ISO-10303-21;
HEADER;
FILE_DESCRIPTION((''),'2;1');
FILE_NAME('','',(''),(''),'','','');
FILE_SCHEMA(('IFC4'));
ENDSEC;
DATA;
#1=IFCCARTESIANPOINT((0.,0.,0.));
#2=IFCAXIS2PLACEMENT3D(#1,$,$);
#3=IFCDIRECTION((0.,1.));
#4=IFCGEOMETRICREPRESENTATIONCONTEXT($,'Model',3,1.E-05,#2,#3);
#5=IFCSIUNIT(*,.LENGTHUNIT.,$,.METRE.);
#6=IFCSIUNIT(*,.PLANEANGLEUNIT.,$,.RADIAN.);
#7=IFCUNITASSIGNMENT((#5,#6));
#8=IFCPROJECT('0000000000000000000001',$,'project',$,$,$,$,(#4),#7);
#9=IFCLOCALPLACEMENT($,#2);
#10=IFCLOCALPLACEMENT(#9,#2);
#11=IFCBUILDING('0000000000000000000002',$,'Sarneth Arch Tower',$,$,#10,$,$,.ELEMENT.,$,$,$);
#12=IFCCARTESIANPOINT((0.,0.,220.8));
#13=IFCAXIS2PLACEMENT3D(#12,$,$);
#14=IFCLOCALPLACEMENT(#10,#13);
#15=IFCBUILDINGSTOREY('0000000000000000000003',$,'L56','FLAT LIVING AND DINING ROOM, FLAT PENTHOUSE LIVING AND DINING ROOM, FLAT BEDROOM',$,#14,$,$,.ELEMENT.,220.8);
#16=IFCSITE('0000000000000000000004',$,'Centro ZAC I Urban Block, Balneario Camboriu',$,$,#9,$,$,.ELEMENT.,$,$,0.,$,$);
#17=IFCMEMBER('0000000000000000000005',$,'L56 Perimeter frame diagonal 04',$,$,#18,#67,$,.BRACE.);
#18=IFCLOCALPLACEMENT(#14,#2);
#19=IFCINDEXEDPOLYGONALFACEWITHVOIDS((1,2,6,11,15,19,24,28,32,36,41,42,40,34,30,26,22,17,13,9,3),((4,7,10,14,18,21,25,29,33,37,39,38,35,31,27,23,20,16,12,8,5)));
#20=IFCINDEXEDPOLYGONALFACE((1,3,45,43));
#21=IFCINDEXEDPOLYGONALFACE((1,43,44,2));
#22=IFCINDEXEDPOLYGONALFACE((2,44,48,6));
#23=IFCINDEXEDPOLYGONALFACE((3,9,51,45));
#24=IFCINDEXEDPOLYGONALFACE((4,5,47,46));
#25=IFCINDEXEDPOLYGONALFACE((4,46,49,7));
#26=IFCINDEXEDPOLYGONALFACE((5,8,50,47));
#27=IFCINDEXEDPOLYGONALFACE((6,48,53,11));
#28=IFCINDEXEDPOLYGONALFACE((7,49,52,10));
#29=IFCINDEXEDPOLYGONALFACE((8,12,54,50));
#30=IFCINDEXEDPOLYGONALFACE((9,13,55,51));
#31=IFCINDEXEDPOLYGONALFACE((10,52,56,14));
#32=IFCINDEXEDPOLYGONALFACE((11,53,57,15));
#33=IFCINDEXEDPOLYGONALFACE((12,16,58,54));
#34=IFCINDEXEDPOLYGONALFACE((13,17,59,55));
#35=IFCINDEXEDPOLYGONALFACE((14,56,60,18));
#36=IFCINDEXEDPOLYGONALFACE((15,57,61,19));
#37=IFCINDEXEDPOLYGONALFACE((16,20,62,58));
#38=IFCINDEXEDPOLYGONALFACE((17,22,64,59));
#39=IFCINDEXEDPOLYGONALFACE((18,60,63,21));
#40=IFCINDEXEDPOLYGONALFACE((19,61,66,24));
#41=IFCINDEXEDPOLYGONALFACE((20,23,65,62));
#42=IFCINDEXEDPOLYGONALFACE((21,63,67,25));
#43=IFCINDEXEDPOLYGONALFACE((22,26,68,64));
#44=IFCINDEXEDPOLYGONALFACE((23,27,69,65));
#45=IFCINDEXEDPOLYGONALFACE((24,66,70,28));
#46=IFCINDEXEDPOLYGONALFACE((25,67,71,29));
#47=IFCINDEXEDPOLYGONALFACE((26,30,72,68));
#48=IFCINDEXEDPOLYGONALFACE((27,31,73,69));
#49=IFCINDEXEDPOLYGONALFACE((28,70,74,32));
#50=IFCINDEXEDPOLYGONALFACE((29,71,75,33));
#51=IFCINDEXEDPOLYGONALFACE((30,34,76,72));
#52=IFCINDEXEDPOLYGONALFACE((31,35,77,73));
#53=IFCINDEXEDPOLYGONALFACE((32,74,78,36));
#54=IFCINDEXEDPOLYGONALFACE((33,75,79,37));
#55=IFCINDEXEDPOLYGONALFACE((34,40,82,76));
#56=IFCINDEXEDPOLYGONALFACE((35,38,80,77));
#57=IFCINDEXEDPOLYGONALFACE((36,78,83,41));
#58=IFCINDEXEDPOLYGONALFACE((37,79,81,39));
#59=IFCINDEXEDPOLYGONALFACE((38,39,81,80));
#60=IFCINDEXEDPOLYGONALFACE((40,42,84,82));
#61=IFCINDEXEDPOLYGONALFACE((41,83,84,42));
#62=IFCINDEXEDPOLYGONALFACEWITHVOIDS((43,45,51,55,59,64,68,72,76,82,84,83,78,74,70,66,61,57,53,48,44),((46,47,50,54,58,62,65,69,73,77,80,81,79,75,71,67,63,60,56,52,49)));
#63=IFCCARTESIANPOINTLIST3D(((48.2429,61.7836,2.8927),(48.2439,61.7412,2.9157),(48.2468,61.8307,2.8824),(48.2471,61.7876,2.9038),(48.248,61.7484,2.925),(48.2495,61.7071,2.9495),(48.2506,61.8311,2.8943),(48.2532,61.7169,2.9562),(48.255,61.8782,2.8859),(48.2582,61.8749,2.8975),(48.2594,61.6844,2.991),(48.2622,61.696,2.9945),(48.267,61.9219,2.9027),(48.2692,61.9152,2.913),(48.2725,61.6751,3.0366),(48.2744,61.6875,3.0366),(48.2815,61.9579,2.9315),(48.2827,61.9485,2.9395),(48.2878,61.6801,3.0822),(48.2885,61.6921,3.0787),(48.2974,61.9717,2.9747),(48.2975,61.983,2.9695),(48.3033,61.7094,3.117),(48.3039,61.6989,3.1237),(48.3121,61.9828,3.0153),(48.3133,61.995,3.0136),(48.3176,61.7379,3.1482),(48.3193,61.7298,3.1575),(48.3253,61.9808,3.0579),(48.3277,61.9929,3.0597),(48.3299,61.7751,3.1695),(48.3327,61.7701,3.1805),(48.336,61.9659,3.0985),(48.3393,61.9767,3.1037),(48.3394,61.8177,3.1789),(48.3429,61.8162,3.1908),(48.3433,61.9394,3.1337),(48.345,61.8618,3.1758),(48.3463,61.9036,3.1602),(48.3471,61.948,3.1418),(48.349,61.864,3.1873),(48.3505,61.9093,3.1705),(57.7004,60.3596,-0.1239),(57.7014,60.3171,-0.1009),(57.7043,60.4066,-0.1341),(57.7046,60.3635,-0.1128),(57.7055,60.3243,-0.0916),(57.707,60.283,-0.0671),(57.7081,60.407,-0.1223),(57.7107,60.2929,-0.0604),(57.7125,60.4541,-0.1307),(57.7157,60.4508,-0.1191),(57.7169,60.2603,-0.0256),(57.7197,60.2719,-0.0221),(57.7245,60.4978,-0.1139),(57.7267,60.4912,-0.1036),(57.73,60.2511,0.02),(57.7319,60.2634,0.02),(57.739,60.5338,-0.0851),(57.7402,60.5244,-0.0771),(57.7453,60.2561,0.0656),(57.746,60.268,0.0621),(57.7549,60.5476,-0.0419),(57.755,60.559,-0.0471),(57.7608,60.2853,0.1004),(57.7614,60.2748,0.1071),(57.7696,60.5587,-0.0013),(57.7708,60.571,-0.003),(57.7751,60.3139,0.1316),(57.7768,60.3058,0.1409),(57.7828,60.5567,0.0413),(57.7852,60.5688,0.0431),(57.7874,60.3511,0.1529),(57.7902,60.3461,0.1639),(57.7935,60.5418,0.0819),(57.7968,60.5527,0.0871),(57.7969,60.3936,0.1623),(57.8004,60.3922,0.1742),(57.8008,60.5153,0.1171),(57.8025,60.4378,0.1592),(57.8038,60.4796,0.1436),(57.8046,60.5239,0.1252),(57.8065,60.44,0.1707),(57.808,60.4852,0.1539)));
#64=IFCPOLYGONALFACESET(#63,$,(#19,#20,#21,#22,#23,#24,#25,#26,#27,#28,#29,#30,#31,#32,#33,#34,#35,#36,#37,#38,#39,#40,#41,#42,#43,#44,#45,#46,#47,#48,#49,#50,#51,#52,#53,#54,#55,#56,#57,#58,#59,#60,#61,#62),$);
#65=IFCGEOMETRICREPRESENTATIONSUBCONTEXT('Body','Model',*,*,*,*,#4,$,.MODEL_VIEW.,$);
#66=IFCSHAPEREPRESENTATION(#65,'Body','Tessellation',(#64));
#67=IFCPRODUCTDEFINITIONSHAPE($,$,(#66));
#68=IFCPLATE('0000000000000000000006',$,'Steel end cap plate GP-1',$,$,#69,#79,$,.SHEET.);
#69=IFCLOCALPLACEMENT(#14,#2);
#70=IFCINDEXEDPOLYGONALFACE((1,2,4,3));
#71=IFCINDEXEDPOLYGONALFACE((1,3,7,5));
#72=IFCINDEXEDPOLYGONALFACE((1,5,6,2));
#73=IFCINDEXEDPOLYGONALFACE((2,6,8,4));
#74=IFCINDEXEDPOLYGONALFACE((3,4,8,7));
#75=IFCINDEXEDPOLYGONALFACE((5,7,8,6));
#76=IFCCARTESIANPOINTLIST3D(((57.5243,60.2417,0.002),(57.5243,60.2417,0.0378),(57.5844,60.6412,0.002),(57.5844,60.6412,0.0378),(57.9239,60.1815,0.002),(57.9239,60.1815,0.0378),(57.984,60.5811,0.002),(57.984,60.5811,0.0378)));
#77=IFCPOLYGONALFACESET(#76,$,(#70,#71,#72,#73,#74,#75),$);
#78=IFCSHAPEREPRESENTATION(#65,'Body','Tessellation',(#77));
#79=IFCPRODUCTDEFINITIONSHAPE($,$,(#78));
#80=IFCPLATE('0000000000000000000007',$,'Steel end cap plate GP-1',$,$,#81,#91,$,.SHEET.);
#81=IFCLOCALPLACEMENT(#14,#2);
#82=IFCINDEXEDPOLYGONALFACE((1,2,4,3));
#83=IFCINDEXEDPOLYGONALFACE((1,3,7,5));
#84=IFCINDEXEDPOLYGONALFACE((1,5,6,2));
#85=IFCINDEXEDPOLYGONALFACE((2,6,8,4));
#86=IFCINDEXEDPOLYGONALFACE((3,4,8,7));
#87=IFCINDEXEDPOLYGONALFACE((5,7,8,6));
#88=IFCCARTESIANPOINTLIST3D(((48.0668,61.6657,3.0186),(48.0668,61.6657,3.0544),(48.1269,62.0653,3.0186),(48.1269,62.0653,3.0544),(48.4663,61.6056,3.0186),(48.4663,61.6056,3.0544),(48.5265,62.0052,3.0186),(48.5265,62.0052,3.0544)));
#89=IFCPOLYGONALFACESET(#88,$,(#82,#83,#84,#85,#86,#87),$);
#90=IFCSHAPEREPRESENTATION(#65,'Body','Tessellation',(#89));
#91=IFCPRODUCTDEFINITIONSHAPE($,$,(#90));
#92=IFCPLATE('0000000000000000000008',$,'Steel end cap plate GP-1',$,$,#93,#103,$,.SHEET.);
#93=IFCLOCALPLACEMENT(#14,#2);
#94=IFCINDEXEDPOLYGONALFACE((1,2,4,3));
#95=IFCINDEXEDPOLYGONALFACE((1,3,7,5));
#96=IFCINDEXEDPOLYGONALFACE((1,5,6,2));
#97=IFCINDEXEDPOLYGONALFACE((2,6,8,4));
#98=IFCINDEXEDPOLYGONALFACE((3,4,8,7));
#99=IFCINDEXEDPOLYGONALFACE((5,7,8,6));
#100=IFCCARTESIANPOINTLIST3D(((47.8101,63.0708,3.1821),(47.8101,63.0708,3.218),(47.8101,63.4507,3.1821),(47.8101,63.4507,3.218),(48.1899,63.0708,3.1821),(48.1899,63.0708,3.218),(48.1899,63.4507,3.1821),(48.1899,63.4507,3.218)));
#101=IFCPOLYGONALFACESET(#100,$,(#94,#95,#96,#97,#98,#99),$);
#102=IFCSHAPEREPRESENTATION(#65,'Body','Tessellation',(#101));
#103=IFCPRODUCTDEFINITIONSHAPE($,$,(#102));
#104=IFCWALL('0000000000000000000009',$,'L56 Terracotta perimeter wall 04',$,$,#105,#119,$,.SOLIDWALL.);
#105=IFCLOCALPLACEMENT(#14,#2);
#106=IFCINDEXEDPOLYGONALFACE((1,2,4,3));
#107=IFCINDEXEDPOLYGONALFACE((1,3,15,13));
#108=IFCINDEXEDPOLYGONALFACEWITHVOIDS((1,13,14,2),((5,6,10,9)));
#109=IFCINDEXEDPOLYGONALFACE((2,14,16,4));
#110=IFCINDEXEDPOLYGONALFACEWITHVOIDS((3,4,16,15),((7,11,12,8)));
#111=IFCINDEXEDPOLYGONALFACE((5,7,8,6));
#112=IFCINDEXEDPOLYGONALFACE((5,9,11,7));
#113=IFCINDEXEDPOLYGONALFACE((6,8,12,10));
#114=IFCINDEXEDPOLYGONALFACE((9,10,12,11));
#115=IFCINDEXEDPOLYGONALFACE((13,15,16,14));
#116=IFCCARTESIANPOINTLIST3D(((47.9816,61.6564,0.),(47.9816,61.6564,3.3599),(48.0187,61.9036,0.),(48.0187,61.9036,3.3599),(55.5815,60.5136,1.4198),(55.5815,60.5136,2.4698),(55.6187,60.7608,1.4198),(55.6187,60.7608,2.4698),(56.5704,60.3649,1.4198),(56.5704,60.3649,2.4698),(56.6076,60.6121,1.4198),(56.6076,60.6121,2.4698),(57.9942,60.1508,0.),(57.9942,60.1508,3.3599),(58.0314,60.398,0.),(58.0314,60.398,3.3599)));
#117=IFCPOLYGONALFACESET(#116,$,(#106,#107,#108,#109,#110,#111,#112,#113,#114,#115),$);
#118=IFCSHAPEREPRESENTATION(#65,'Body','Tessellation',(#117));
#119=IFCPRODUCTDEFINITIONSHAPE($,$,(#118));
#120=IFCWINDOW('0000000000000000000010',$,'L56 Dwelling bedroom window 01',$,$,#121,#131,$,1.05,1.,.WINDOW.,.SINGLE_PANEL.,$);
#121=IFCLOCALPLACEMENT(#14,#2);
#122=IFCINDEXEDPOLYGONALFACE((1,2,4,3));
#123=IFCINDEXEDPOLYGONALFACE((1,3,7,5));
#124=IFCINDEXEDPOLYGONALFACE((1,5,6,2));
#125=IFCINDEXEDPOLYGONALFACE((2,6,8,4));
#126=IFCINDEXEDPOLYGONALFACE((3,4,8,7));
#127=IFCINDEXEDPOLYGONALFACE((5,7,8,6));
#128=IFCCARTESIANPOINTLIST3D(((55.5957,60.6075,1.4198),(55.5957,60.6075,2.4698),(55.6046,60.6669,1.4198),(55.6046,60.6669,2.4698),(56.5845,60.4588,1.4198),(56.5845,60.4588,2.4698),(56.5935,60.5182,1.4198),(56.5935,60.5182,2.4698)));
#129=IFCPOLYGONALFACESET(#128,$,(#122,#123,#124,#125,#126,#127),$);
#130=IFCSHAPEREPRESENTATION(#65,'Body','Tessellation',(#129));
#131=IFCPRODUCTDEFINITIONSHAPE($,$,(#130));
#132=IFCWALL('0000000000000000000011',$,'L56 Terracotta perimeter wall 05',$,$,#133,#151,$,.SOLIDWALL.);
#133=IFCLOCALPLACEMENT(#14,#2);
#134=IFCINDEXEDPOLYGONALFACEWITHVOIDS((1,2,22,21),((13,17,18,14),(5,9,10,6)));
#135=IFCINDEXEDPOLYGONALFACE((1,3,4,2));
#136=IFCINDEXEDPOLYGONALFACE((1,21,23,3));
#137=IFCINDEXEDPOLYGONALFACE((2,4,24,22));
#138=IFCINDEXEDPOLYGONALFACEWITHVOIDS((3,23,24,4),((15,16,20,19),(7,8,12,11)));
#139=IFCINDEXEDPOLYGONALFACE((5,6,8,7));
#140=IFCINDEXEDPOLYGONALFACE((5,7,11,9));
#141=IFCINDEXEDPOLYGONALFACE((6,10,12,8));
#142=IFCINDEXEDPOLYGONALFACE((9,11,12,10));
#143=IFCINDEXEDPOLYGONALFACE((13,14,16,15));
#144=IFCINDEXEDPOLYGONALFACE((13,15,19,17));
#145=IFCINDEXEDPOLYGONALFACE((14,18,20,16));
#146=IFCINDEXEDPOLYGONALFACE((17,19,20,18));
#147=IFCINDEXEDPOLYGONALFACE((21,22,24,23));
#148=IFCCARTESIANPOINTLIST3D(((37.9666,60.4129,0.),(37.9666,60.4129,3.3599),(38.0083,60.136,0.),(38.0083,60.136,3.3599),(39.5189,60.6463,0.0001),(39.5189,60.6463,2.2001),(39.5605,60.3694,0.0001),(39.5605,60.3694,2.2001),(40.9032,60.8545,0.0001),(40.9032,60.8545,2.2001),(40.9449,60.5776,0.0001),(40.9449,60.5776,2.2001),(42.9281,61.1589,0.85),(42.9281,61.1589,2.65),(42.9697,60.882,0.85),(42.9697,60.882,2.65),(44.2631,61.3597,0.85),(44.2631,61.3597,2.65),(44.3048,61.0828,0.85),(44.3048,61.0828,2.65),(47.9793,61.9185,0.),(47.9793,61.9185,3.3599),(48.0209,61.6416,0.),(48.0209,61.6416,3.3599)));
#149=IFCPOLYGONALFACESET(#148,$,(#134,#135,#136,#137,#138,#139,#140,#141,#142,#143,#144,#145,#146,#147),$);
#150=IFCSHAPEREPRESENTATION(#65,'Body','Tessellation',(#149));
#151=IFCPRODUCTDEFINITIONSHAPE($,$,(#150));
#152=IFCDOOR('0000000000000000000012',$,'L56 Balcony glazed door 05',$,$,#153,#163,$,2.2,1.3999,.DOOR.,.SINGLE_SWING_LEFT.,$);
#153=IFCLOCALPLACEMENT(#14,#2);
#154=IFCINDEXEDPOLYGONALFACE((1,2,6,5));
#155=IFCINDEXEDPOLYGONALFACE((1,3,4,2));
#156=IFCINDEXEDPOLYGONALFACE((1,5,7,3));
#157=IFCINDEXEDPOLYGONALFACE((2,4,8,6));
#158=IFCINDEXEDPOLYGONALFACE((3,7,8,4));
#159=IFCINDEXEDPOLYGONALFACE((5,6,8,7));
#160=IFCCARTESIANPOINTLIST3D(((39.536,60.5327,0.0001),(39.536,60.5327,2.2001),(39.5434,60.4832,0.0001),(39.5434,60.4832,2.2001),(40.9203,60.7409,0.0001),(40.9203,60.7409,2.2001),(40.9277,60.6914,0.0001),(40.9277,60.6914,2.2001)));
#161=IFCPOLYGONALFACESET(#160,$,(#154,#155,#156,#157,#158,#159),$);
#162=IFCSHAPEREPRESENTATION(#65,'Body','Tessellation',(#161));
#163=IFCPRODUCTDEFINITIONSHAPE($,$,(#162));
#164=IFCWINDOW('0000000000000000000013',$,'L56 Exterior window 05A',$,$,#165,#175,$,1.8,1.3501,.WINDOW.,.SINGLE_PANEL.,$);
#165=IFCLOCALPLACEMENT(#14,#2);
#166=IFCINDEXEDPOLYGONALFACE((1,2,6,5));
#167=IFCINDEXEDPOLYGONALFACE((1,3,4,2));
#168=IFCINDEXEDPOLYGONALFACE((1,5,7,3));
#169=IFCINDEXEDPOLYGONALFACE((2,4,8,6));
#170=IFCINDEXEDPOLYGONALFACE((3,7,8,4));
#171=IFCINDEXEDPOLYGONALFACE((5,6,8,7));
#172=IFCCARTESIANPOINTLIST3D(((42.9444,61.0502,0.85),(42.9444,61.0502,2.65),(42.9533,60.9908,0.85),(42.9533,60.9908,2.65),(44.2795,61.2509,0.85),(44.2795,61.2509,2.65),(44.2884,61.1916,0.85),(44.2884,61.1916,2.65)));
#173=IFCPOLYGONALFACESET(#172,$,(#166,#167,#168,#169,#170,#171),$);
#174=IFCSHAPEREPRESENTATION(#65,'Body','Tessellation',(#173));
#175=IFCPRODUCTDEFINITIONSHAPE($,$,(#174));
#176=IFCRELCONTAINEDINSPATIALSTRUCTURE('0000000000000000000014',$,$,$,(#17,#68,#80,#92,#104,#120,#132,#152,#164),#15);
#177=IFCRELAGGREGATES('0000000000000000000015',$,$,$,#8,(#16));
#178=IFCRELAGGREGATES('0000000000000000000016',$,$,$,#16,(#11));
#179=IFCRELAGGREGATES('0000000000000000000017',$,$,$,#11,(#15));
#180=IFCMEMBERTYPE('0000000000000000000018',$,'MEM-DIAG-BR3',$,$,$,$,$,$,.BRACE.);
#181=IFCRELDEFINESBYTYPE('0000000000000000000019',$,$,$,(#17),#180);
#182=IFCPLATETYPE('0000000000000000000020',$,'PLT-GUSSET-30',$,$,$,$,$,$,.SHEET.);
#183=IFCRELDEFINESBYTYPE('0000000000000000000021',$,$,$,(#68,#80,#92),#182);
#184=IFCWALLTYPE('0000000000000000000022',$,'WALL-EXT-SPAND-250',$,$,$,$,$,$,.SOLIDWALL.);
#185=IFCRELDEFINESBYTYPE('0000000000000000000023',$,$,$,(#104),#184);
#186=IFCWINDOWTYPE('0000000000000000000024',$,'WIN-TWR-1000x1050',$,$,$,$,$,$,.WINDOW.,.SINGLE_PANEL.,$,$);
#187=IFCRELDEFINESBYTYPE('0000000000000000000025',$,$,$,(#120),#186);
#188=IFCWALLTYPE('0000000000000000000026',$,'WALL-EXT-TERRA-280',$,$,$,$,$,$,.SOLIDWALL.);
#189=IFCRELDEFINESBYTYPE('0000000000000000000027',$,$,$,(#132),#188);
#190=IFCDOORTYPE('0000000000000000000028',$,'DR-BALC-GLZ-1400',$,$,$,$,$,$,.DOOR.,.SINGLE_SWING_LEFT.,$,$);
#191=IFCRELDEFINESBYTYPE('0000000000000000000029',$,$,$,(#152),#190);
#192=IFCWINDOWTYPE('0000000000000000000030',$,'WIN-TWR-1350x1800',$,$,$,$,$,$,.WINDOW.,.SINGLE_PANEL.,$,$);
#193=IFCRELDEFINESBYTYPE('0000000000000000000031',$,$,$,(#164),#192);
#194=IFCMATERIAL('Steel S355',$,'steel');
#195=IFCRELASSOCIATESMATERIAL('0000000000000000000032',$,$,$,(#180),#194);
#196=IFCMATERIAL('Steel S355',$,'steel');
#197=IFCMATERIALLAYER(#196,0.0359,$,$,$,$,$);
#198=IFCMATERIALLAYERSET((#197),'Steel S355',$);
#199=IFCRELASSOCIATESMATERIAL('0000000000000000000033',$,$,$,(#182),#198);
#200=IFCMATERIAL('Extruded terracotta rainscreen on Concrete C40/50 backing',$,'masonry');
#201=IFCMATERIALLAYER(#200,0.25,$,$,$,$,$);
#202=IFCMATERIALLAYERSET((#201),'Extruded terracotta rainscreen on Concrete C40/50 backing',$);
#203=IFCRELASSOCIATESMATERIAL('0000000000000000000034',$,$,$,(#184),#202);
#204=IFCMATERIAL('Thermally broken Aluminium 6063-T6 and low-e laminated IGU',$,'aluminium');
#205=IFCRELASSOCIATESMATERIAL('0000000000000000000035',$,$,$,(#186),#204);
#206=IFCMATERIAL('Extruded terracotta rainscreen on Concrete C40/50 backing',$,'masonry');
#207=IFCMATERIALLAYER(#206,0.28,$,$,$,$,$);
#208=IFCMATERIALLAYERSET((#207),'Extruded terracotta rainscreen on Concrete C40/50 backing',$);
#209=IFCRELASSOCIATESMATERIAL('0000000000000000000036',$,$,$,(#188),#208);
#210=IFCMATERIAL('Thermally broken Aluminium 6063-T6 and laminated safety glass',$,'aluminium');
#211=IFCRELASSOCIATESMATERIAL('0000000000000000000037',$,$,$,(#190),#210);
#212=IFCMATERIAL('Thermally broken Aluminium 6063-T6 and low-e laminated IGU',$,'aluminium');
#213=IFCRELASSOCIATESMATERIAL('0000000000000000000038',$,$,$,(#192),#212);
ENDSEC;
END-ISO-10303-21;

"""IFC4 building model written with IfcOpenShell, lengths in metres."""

from ifc_helpers import new_model, si_unit, direction, frame, frame_2d, origin, origin_2d, place, context, subcontext, project, spatial, rectangle, hollow_circle, extrude, material, layer, layer_set, material_profile, profile_set, type_object, element, fill, save


model = new_model("IFC4")

# Units and contexts
model_context = context("Model", 3, precision=1e-05, world=origin(), true_north=direction((0.0, 1.0)))
body_context = subcontext(model_context, "Body", "Model", "MODEL_VIEW")
ifc_project = project(units=[si_unit("LENGTHUNIT", "METRE"), si_unit("PLANEANGLEUNIT", "RADIAN")], contexts=[model_context])

# Site, building, storey
site_placement = place(None, origin())
site = spatial("IfcSite", under=ifc_project, at=site_placement, Name="Centro ZAC I Urban Block, Balneario Camboriu", CompositionType="ELEMENT", RefElevation=0.0)
building_placement = place(site_placement, origin())
building = spatial("IfcBuilding", under=site, at=building_placement, Name="Sarneth Arch Tower", CompositionType="ELEMENT")
storey_placement = place(building_placement, frame((0.0, 0.0, 220.8)))
storey = spatial("IfcBuildingStorey", under=building, at=storey_placement, Name="L56", Description="FLAT LIVING AND DINING ROOM, FLAT PENTHOUSE LIVING AND DINING ROOM, FLAT BEDROOM", CompositionType="ELEMENT", Elevation=220.8)

# Member
ifc_material_1 = material(Name="Steel S355", Category="steel")
ifc_material_profile_1 = material_profile(ifc_material_1, hollow_circle(Radius=0.1621, WallThickness=0.0125, at=origin_2d()), Name="CHS324x12.5")
ifc_profile_set_1 = profile_set([ifc_material_profile_1], Name="Steel S355")
member_type_1 = type_object("IfcMemberType", Name="MEM-DIAG-BR3", PredefinedType="BRACE", material=ifc_profile_set_1)
member_1_placement = place(storey_placement, frame((57.7542, 60.4114, 0.02), z_axis=(-0.943056, 0.142001, 0.3008), x_axis=(-0.148897, -0.988853, 0.0)))
element("IfcMember", 1, at=member_1_placement, inside=storey, type_object=member_type_1, Name="L56 Perimeter frame diagonal 04", PredefinedType="BRACE", context=body_context, shape_type="SweptSolid", body=[
    extrude(hollow_circle(Radius=0.1621, WallThickness=0.0125, at=origin_2d()), origin(), (0.0, 0.0, 1.0), 10.0286),
])

# Plates
ifc_material_2 = material(Name="Steel S355", Category="steel")
ifc_layer_1 = layer(ifc_material_2, 0.0359)
ifc_layer_set_1 = layer_set([ifc_layer_1], Name="Steel S355")
plate_type = type_object("IfcPlateType", Name="PLT-GUSSET-30", PredefinedType="SHEET", material=ifc_layer_set_1)
for number, where, z_axis, x_axis, name in (
    (2, (57.7542, 60.4114, 0.002), (0.0, 0.0, 1.0), (-0.988861, 0.148845, 0.0), "Steel end cap plate GP-1"),
    (3, (48.2966, 61.8354, 3.0186), (0.0, 0.0, 1.0), (-0.988861, 0.148845, 0.0), "Steel end cap plate GP-1"),
):
    element("IfcPlate", number, at=place(storey_placement, frame(where, z_axis=z_axis, x_axis=x_axis)), inside=storey, type_object=plate_type, Name=name, PredefinedType="SHEET", context=body_context, shape_type="SweptSolid", body=[
        extrude(rectangle(XDim=0.4041, YDim=0.4041, at=origin_2d()), origin(), (0.0, 0.0, 1.0), 0.0359),
    ])
plate_placement = place(storey_placement, frame((48.0, 63.2607, 3.1821), z_axis=(0.0, 0.0, 1.0), x_axis=(0.0, 1.0, 0.0)))
element("IfcPlate", 4, at=plate_placement, inside=storey, type_object=plate_type, Name="Steel end cap plate GP-1", PredefinedType="SHEET", context=body_context, shape_type="SweptSolid", body=[
    extrude(rectangle(XDim=0.3799, YDim=0.3799, at=origin_2d()), origin(), (0.0, 0.0, 1.0), 0.0359),
])

# Wall, opening, window
ifc_material_3 = material(Name="Extruded terracotta rainscreen on Concrete C40/50 backing", Category="masonry")
ifc_layer_2 = layer(ifc_material_3, 0.25)
ifc_layer_set_2 = layer_set([ifc_layer_2], Name="Extruded terracotta rainscreen on Concrete C40/50 backing")
wall_type_1 = type_object("IfcWallType", Name="WALL-EXT-SPAND-250", PredefinedType="SOLIDWALL", material=ifc_layer_set_2)
wall_1_placement = place(storey_placement, frame((58.0127, 60.2744, 0.0), z_axis=(0.0, 0.0, 1.0), x_axis=(-0.988883, 0.148699, 0.0)))
wall_1 = element("IfcWall", 5, at=wall_1_placement, inside=storey, type_object=wall_type_1, Name="L56 Terracotta perimeter wall 04", PredefinedType="SOLIDWALL", context=body_context, shape_type="SweptSolid", body=[
    extrude(rectangle(XDim=10.1252, YDim=0.25, at=frame_2d((5.0625, 0.0))), origin(), (0.0, 0.0, 1.0), 3.3599),
])
opening_1_placement = place(wall_1_placement, frame((1.4397, 0.0, 1.4199)))
opening_1 = element("IfcOpeningElement", 6, at=opening_1_placement, cuts=wall_1, PredefinedType="OPENING", context=body_context, shape_type="SweptSolid", body=[
    extrude(rectangle(XDim=1.0, YDim=1.05, at=frame_2d((0.5, 0.5249))), frame((0.0, 0.135, 0.0), z_axis=(0.0, -1.0, 0.0), x_axis=(1.0, 0.0, 0.0)), (0.0, 0.0, 1.0), 0.27),
])
ifc_material_4 = material(Name="Thermally broken Aluminium 6063-T6 and low-e laminated IGU", Category="aluminium")
window_type_1 = type_object("IfcWindowType", Name="WIN-TWR-1000x1050", PartitioningType="SINGLE_PANEL", PredefinedType="WINDOW", material=ifc_material_4)
window_1_placement = place(opening_1_placement, origin())
window_1 = element("IfcWindow", 7, at=window_1_placement, inside=storey, type_object=window_type_1, Name="L56 Dwelling bedroom window 01", OverallHeight=1.05, OverallWidth=1.0, PartitioningType="SINGLE_PANEL", PredefinedType="WINDOW", context=body_context, shape_type="SweptSolid", body=[
    extrude(rectangle(XDim=1.0, YDim=1.05, at=frame_2d((0.5, 0.5249))), frame((0.0, 0.03, 0.0), z_axis=(0.0, -1.0, 0.0), x_axis=(1.0, 0.0, 0.0)), (0.0, 0.0, 1.0), 0.0601),
])
fill(opening_1, window_1)

# Wall, openings, door, window
ifc_material_5 = material(Name="Extruded terracotta rainscreen on Concrete C40/50 backing", Category="masonry")
ifc_layer_3 = layer(ifc_material_5, 0.28)
ifc_layer_set_3 = layer_set([ifc_layer_3], Name="Extruded terracotta rainscreen on Concrete C40/50 backing")
wall_type_2 = type_object("IfcWallType", Name="WALL-EXT-TERRA-280", PredefinedType="SOLIDWALL", material=ifc_layer_set_3)
wall_2_placement = place(storey_placement, frame((48.0, 61.78, 0.0), z_axis=(0.0, 0.0, 1.0), x_axis=(-0.988883, -0.148699, 0.0)))
wall_2 = element("IfcWall", 8, at=wall_2_placement, inside=storey, type_object=wall_type_2, Name="L56 Terracotta perimeter wall 05", PredefinedType="SOLIDWALL", context=body_context, shape_type="SweptSolid", body=[
    extrude(rectangle(XDim=10.1252, YDim=0.28, at=frame_2d((5.0625, 0.0))), origin(), (0.0, 0.0, 1.0), 3.3599),
])
opening_2_placement = place(wall_2_placement, frame((3.7578, 0.0, 0.8501)))
opening_2 = element("IfcOpeningElement", 9, at=opening_2_placement, cuts=wall_2, PredefinedType="OPENING", context=body_context, shape_type="SweptSolid", body=[
    extrude(rectangle(XDim=1.3501, YDim=1.8, at=frame_2d((0.675, 0.8999))), frame((0.0, 0.1499, 0.0), z_axis=(0.0, -1.0, 0.0), x_axis=(1.0, 0.0, 0.0)), (0.0, 0.0, 1.0), 0.3),
])
opening_3_placement = place(wall_2_placement, frame((7.1555, 0.0, 0.0)))
opening_3 = element("IfcOpeningElement", 10, at=opening_3_placement, cuts=wall_2, PredefinedType="OPENING", context=body_context, shape_type="SweptSolid", body=[
    extrude(rectangle(XDim=1.3999, YDim=2.2, at=frame_2d((0.7, 1.1001))), frame((0.0, 0.1499, 0.0), z_axis=(0.0, -1.0, 0.0), x_axis=(1.0, 0.0, 0.0)), (0.0, 0.0, 1.0), 0.3),
])
ifc_material_6 = material(Name="Thermally broken Aluminium 6063-T6 and laminated safety glass", Category="aluminium")
door_type_1 = type_object("IfcDoorType", Name="DR-BALC-GLZ-1400", OperationType="SINGLE_SWING_LEFT", PredefinedType="DOOR", material=ifc_material_6)
door_1_placement = place(opening_3_placement, origin())
door_1 = element("IfcDoor", 11, at=door_1_placement, inside=storey, type_object=door_type_1, Name="L56 Balcony glazed door 05", OperationType="SINGLE_SWING_LEFT", OverallHeight=2.2, OverallWidth=1.3999, PredefinedType="DOOR", context=body_context, shape_type="SweptSolid", body=[
    extrude(rectangle(XDim=1.3999, YDim=2.2, at=frame_2d((0.7, 1.1001))), frame((0.0, 0.0249, 0.0), z_axis=(0.0, -1.0, 0.0), x_axis=(1.0, 0.0, 0.0)), (0.0, 0.0, 1.0), 0.05),
])
fill(opening_3, door_1)
ifc_material_7 = material(Name="Thermally broken Aluminium 6063-T6 and low-e laminated IGU", Category="aluminium")
window_type_2 = type_object("IfcWindowType", Name="WIN-TWR-1350x1800", PartitioningType="SINGLE_PANEL", PredefinedType="WINDOW", material=ifc_material_7)
window_2_placement = place(opening_2_placement, origin())
window_2 = element("IfcWindow", 12, at=window_2_placement, inside=storey, type_object=window_type_2, Name="L56 Exterior window 05A", OverallHeight=1.8, OverallWidth=1.3501, PartitioningType="SINGLE_PANEL", PredefinedType="WINDOW", context=body_context, shape_type="SweptSolid", body=[
    extrude(rectangle(XDim=1.3501, YDim=1.8, at=frame_2d((0.675, 0.8999))), frame((0.0, 0.03, 0.0), z_axis=(0.0, -1.0, 0.0), x_axis=(1.0, 0.0, 0.0)), (0.0, 0.0, 1.0), 0.0601),
])
fill(opening_2, window_2)

save(model, "model.ifc")
